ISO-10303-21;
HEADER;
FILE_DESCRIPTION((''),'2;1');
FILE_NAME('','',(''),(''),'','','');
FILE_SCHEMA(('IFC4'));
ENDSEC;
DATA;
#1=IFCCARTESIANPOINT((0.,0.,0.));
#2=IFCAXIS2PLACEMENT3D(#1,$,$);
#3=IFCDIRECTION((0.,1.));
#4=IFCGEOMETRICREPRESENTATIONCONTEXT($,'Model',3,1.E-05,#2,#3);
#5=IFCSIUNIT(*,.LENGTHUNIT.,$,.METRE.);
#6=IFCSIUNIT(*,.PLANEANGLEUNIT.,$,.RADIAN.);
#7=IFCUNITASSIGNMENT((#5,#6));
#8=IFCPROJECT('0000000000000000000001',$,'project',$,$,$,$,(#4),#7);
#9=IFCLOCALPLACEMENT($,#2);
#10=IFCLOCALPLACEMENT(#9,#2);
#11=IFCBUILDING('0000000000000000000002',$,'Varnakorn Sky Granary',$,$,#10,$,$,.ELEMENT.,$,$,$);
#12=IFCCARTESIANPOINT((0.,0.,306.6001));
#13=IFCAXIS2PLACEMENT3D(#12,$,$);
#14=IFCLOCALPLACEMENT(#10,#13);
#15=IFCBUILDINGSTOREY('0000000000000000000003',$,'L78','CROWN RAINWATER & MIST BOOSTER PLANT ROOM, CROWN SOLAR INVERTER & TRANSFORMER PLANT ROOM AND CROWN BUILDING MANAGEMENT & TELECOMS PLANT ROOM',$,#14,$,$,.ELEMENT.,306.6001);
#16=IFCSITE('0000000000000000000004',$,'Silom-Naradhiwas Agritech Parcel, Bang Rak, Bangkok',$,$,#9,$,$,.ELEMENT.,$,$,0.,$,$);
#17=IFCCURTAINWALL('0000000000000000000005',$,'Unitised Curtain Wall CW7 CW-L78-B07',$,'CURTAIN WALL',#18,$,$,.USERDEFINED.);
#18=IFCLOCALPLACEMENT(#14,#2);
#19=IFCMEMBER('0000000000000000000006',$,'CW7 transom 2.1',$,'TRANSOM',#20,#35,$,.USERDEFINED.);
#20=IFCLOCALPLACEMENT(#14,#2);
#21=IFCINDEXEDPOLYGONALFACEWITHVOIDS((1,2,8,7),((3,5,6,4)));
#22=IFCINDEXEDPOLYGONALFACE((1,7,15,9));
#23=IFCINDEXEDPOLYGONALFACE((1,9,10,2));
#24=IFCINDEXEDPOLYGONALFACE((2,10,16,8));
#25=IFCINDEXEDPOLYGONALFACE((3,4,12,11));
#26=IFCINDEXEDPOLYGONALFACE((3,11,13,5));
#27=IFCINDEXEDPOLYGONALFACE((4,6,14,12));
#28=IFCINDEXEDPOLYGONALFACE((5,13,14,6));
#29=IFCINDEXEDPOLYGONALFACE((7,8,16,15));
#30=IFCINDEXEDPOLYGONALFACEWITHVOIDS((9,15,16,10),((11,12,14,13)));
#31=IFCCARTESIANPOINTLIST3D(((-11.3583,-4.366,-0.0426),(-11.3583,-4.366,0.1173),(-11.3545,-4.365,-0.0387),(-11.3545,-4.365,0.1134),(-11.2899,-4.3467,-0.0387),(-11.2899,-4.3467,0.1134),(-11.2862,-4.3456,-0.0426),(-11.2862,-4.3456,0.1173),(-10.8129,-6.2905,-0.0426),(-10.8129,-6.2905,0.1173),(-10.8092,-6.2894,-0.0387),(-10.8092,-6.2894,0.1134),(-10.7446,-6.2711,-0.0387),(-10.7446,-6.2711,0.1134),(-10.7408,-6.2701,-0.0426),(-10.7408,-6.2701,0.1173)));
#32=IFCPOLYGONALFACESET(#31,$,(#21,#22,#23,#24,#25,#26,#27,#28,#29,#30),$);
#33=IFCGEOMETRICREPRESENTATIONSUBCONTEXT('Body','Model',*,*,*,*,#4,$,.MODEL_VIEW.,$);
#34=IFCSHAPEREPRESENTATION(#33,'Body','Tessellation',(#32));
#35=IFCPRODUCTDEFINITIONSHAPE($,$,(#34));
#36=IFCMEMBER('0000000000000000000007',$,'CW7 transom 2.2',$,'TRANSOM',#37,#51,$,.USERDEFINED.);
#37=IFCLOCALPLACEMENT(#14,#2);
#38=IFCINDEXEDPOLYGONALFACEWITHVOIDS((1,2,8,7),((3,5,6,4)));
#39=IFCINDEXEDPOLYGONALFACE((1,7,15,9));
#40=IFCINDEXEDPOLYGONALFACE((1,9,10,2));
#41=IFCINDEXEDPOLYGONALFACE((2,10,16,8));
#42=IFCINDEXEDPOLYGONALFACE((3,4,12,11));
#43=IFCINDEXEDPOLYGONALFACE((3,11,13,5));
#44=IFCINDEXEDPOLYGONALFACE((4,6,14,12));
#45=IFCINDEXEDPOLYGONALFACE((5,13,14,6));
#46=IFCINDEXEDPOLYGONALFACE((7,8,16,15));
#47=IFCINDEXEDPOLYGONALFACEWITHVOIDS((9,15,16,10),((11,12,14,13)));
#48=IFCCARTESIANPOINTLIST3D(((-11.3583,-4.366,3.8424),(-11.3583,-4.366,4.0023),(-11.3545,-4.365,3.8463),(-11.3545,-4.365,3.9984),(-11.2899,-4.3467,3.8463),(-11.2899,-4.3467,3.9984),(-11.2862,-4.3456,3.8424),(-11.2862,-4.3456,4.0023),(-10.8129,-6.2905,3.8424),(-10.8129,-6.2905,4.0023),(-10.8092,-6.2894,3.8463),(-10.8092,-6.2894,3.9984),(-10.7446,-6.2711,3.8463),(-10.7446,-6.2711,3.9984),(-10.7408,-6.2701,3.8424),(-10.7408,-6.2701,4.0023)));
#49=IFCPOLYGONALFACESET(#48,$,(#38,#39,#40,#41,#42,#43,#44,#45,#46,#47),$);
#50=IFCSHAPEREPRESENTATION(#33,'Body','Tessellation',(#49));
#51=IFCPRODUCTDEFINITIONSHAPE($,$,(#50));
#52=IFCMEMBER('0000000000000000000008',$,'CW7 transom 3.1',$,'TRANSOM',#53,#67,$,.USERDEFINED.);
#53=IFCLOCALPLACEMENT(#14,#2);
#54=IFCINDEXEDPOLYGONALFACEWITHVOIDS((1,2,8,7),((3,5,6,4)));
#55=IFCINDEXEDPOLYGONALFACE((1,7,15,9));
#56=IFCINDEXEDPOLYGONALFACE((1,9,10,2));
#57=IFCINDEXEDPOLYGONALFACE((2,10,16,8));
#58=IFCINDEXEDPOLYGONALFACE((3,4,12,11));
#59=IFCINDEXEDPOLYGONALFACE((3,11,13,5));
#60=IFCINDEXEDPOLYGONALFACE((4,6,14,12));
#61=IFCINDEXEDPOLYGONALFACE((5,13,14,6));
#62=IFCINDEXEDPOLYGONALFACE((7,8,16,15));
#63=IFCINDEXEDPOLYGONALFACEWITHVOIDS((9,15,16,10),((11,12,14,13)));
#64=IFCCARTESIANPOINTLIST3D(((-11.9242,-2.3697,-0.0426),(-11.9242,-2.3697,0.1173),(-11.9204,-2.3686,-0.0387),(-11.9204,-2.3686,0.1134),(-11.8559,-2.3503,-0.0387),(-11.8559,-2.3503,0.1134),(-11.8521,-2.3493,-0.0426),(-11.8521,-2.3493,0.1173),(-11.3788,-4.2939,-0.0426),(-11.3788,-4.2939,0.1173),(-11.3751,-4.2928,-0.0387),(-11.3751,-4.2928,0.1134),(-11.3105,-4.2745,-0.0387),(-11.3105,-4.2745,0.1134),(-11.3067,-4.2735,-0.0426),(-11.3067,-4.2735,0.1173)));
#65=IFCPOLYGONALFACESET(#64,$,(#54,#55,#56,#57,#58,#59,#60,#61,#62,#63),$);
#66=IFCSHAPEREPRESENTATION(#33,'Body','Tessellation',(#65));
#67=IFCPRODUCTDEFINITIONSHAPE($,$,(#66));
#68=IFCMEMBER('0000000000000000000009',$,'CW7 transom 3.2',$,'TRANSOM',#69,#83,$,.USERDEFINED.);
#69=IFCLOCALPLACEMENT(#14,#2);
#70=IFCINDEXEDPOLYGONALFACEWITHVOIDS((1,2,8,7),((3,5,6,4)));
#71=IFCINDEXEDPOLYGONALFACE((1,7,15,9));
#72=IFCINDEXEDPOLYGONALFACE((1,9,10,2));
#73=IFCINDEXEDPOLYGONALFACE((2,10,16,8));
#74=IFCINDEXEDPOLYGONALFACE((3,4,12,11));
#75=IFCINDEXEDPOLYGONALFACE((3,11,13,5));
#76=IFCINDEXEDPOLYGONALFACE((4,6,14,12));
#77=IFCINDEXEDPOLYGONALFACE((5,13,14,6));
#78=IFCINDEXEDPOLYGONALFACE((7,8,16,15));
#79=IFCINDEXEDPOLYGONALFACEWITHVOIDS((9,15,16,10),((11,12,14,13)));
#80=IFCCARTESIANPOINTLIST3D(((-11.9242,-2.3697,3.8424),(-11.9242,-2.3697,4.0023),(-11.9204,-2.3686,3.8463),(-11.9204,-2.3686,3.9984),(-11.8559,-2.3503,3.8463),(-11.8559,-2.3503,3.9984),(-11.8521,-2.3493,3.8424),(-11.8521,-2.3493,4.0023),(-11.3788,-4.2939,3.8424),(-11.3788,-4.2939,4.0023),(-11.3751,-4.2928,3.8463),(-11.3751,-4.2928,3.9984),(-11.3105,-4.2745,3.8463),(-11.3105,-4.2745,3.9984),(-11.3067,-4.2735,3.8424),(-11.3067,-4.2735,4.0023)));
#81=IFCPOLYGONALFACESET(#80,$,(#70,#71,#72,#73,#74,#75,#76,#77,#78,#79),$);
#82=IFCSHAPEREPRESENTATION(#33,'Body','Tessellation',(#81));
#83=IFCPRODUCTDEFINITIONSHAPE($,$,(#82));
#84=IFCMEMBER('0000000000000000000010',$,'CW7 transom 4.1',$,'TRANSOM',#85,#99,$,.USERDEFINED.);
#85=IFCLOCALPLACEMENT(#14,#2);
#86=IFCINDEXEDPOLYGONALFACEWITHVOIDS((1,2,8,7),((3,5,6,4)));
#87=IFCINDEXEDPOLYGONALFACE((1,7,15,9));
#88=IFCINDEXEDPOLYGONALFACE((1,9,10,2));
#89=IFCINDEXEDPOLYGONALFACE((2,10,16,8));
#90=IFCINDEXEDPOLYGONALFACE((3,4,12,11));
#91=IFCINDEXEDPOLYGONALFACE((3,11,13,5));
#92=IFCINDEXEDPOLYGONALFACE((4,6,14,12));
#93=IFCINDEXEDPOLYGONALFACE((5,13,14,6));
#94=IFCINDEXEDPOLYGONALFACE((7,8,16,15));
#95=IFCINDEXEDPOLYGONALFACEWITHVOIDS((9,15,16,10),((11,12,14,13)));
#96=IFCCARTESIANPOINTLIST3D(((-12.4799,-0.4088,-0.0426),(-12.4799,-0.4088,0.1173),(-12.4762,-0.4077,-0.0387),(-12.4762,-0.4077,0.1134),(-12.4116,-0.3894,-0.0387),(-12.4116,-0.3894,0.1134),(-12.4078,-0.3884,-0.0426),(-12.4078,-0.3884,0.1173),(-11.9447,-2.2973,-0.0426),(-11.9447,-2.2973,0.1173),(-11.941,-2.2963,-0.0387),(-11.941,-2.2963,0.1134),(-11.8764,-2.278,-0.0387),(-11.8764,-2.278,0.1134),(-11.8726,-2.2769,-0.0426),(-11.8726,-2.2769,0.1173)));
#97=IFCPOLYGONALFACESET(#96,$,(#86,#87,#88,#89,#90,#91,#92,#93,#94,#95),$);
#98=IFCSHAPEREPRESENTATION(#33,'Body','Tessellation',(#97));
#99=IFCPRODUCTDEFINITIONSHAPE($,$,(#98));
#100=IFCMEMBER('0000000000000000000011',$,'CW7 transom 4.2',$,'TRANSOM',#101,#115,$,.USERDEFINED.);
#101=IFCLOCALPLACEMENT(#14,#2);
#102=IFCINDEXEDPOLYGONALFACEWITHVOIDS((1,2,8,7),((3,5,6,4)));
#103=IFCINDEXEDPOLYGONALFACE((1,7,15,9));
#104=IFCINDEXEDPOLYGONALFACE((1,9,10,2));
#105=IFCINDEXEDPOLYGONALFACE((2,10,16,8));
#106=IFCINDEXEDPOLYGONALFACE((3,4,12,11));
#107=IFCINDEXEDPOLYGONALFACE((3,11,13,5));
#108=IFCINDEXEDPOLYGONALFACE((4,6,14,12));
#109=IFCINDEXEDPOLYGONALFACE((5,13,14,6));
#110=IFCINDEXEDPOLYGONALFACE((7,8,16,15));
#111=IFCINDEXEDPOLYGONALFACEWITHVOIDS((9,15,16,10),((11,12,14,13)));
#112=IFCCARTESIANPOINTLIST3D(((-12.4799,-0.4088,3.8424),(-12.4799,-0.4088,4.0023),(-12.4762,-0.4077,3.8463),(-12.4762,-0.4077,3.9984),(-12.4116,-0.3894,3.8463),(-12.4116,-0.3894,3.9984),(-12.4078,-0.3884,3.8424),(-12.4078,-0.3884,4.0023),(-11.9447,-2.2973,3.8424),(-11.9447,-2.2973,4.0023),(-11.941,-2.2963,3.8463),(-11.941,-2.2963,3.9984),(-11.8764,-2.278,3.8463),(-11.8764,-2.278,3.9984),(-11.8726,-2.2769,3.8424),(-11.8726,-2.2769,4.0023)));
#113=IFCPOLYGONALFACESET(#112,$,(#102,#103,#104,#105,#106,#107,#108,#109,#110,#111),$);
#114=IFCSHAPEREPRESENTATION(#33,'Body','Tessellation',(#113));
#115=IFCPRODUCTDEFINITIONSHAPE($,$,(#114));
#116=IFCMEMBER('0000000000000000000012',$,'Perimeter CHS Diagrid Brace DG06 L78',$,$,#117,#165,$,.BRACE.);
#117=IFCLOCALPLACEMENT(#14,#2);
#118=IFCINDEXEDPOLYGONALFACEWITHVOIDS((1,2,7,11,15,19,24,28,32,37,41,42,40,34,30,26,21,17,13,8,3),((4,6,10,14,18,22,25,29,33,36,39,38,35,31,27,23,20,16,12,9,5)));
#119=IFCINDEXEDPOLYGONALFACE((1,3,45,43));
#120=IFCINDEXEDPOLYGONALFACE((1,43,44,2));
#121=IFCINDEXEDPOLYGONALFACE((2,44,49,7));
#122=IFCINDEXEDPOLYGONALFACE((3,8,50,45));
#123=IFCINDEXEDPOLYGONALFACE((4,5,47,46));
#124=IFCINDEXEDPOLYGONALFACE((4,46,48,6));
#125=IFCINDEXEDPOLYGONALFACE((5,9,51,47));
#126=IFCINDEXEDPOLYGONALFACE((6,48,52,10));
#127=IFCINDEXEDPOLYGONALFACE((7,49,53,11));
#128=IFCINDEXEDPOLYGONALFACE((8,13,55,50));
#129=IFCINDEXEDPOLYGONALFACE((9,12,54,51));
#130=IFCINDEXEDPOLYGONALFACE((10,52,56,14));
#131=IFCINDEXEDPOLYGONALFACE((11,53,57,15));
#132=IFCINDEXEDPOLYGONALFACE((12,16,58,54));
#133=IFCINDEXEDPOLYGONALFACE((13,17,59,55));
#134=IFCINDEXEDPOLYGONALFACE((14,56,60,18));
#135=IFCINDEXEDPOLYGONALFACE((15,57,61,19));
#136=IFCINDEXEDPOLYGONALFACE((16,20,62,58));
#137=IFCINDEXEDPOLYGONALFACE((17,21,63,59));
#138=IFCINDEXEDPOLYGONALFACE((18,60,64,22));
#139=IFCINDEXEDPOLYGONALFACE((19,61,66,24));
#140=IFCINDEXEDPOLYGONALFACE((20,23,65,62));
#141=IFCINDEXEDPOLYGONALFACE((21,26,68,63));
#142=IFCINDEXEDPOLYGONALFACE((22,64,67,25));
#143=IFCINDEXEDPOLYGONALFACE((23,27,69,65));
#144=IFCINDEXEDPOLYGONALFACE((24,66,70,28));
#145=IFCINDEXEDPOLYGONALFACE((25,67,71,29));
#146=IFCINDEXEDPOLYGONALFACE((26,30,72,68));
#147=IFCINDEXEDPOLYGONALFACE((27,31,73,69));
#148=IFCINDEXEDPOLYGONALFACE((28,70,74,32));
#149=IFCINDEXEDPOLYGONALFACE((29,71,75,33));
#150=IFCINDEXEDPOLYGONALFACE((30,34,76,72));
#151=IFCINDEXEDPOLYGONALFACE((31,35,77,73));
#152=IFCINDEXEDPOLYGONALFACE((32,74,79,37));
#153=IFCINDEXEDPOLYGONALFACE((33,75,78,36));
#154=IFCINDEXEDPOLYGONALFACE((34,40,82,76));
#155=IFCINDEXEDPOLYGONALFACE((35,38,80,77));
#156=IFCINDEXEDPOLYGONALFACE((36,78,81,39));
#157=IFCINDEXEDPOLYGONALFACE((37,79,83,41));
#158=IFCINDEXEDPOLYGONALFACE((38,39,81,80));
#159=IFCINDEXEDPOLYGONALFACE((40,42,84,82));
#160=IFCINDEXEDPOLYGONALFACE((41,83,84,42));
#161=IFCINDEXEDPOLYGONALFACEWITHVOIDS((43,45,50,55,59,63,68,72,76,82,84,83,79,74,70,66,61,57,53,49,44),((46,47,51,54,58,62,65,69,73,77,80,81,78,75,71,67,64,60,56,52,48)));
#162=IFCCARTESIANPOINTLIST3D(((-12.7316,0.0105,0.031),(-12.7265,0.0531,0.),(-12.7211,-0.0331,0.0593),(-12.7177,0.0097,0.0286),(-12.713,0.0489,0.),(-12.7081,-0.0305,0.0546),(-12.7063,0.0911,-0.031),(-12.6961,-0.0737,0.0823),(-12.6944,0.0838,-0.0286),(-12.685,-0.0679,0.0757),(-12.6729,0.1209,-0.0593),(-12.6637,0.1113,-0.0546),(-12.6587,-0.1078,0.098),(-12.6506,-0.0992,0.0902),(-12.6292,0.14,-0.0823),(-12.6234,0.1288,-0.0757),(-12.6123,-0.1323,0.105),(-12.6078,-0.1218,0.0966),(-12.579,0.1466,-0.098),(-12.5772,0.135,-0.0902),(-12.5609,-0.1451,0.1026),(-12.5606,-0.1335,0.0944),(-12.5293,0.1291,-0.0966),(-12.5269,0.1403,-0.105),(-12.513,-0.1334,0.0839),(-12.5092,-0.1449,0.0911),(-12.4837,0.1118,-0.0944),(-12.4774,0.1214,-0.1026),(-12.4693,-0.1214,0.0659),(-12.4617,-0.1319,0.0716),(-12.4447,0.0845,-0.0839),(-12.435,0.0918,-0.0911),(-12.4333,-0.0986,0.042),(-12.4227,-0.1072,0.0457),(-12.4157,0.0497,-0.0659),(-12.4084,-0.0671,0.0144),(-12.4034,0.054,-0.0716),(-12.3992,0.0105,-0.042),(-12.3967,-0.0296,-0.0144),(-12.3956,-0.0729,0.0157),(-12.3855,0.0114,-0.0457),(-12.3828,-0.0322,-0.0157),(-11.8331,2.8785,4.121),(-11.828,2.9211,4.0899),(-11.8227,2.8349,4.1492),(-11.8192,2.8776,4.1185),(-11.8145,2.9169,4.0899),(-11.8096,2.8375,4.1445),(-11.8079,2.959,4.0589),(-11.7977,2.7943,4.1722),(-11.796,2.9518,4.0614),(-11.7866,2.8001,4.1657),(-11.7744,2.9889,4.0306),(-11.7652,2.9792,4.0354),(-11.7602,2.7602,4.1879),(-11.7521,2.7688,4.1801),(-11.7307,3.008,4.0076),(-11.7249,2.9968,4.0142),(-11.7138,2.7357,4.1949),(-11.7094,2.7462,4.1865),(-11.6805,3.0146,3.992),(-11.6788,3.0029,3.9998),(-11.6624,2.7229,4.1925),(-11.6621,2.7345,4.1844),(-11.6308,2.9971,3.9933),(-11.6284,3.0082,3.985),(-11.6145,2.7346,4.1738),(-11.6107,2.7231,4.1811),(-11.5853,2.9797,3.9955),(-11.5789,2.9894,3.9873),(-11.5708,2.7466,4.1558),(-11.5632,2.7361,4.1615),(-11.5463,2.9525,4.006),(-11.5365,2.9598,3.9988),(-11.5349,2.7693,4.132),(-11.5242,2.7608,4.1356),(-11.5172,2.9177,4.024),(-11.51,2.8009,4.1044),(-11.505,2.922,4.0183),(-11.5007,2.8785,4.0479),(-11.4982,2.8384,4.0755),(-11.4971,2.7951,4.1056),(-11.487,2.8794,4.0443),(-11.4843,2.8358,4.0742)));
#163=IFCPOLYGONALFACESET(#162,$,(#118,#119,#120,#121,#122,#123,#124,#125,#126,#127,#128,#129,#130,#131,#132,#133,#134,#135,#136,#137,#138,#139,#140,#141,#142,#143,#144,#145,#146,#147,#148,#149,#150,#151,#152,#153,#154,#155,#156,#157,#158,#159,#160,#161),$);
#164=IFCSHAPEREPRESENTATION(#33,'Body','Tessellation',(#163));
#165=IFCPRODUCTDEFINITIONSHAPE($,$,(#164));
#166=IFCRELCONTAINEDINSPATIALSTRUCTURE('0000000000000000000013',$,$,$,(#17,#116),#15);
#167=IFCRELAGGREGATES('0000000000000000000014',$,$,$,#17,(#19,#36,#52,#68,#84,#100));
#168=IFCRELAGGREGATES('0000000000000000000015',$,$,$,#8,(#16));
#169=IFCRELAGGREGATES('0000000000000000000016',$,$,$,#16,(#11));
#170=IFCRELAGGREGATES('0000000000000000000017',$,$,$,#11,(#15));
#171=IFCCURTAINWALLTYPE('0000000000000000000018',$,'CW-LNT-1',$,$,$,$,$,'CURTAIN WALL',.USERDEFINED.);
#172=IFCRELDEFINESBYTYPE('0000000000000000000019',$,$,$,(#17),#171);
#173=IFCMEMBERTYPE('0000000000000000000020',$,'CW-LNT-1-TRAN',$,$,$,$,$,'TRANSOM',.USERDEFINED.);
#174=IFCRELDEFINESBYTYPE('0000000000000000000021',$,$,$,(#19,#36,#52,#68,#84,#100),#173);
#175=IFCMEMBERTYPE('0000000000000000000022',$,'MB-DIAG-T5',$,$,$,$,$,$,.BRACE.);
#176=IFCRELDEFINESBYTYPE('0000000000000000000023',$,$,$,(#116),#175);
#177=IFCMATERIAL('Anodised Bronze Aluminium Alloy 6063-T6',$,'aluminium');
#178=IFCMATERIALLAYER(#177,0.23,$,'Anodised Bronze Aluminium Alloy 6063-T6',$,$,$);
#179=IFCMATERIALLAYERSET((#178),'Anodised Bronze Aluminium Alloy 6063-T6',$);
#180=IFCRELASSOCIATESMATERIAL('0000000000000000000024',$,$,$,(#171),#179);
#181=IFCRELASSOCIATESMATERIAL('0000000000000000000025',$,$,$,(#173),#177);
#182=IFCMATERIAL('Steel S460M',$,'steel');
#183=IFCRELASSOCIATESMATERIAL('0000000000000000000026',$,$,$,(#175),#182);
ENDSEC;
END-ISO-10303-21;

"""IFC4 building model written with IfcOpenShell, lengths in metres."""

from ifc_helpers import new_model, si_unit, direction, frame, origin, origin_2d, place, context, subcontext, project, spatial, hollow_rectangle, hollow_circle, extrude, material, layer, layer_set, material_profile, profile_set, type_object, element, aggregate, save


model = new_model("IFC4")

# Units and contexts
model_context = context("Model", 3, precision=1e-05, world=origin(), true_north=direction((0.0, 1.0)))
body_context = subcontext(model_context, "Body", "Model", "MODEL_VIEW")
ifc_project = project(units=[si_unit("LENGTHUNIT", "METRE"), si_unit("PLANEANGLEUNIT", "RADIAN")], contexts=[model_context])

# Site, building, storey
site_placement = place(None, origin())
site = spatial("IfcSite", under=ifc_project, at=site_placement, Name="Silom-Naradhiwas Agritech Parcel, Bang Rak, Bangkok", CompositionType="ELEMENT", RefElevation=0.0)
building_placement = place(site_placement, origin())
building = spatial("IfcBuilding", under=site, at=building_placement, Name="Varnakorn Sky Granary", CompositionType="ELEMENT")
storey_placement = place(building_placement, frame((0.0, 0.0, 306.6001)))
storey = spatial("IfcBuildingStorey", under=building, at=storey_placement, Name="L78", Description="CROWN RAINWATER & MIST BOOSTER PLANT ROOM, CROWN SOLAR INVERTER & TRANSFORMER PLANT ROOM AND CROWN BUILDING MANAGEMENT & TELECOMS PLANT ROOM", CompositionType="ELEMENT", Elevation=306.6001)

# Shared definitions
ifc_material_1 = material(Name="Steel S460M", Category="steel")

# Curtain wall, members
ifc_material_2 = material(Name="Anodised Bronze Aluminium Alloy 6063-T6", Category="aluminium")
ifc_layer_1 = layer(ifc_material_2, 0.23, Name="Anodised Bronze Aluminium Alloy 6063-T6")
ifc_layer_set_1 = layer_set([ifc_layer_1], Name="Anodised Bronze Aluminium Alloy 6063-T6")
curtain_wall_type = type_object("IfcCurtainWallType", Name="CW-LNT-1", ElementType="CURTAIN WALL", PredefinedType="USERDEFINED", material=ifc_layer_set_1)
curtain_wall_placement = place(storey_placement, origin())
curtain_wall = element("IfcCurtainWall", 1, at=curtain_wall_placement, inside=storey, type_object=curtain_wall_type, Name="Unitised Curtain Wall CW7 CW-L78-B07", ObjectType="CURTAIN WALL", PredefinedType="USERDEFINED")
ifc_material_profile_1 = material_profile(ifc_material_2, hollow_rectangle(XDim=0.075, YDim=0.1599, WallThickness=0.0039, at=origin_2d()), Name="ALU TRAN 75x160")
ifc_profile_set_1 = profile_set([ifc_material_profile_1], Name="Anodised Bronze Aluminium Alloy 6063-T6")
member_type_1 = type_object("IfcMemberType", Name="CW-LNT-1-TRAN", ElementType="TRANSOM", PredefinedType="USERDEFINED", material=ifc_profile_set_1)
member_1_placement = place(storey_placement, frame((-10.7769, -6.2803, 0.0374), z_axis=(-0.272657, 0.962111, 0.0), x_axis=(-0.962111, -0.272657, 0.0)))
member_1 = element("IfcMember", 2, at=member_1_placement, type_object=member_type_1, Name="CW7 transom 2.1", ObjectType="TRANSOM", PredefinedType="USERDEFINED", context=body_context, shape_type="SweptSolid", body=[
    extrude(hollow_rectangle(XDim=0.075, YDim=0.1599, WallThickness=0.0039, at=origin_2d()), origin(), (0.0, 0.0, 1.0), 2.0002),
])
member_2_placement = place(storey_placement, frame((-10.7769, -6.2803, 3.9224), z_axis=(-0.272657, 0.962111, 0.0), x_axis=(-0.962111, -0.272657, 0.0)))
member_2 = element("IfcMember", 3, at=member_2_placement, type_object=member_type_1, Name="CW7 transom 2.2", ObjectType="TRANSOM", PredefinedType="USERDEFINED", context=body_context, shape_type="SweptSolid", body=[
    extrude(hollow_rectangle(XDim=0.075, YDim=0.1599, WallThickness=0.0039, at=origin_2d()), origin(), (0.0, 0.0, 1.0), 2.0002),
])
member_3_placement = place(storey_placement, frame((-11.3428, -4.2837, 0.0374), z_axis=(-0.272689, 0.962102, 0.0), x_axis=(-0.962102, -0.272689, 0.0)))
member_3 = element("IfcMember", 4, at=member_3_placement, type_object=member_type_1, Name="CW7 transom 3.1", ObjectType="TRANSOM", PredefinedType="USERDEFINED", context=body_context, shape_type="SweptSolid", body=[
    extrude(hollow_rectangle(XDim=0.075, YDim=0.1599, WallThickness=0.0039, at=origin_2d()), origin(), (0.0, 0.0, 1.0), 2.0),
])
member_4_placement = place(storey_placement, frame((-11.3428, -4.2837, 3.9224), z_axis=(-0.272689, 0.962102, 0.0), x_axis=(-0.962102, -0.272689, 0.0)))
member_4 = element("IfcMember", 5, at=member_4_placement, type_object=member_type_1, Name="CW7 transom 3.2", ObjectType="TRANSOM", PredefinedType="USERDEFINED", context=body_context, shape_type="SweptSolid", body=[
    extrude(hollow_rectangle(XDim=0.075, YDim=0.1599, WallThickness=0.0039, at=origin_2d()), origin(), (0.0, 0.0, 1.0), 2.0),
])
member_5_placement = place(storey_placement, frame((-11.9087, -2.2871, 0.0374), z_axis=(-0.272651, 0.962113, 0.0), x_axis=(-0.962113, -0.272651, 0.0)))
member_5 = element("IfcMember", 6, at=member_5_placement, type_object=member_type_1, Name="CW7 transom 4.1", ObjectType="TRANSOM", PredefinedType="USERDEFINED", context=body_context, shape_type="SweptSolid", body=[
    extrude(hollow_rectangle(XDim=0.075, YDim=0.1599, WallThickness=0.0039, at=origin_2d()), origin(), (0.0, 0.0, 1.0), 1.9629),
])
member_6_placement = place(storey_placement, frame((-11.9087, -2.2871, 3.9224), z_axis=(-0.272651, 0.962113, 0.0), x_axis=(-0.962113, -0.272651, 0.0)))
member_6 = element("IfcMember", 7, at=member_6_placement, type_object=member_type_1, Name="CW7 transom 4.2", ObjectType="TRANSOM", PredefinedType="USERDEFINED", context=body_context, shape_type="SweptSolid", body=[
    extrude(hollow_rectangle(XDim=0.075, YDim=0.1599, WallThickness=0.0039, at=origin_2d()), origin(), (0.0, 0.0, 1.0), 1.9629),
])

# Member
ifc_material_profile_2 = material_profile(ifc_material_1, hollow_circle(Radius=0.1777, WallThickness=0.0142, at=origin_2d()), Name="CHS 355.6x14")
ifc_profile_set_2 = profile_set([ifc_material_profile_2], Name="Steel S460M")
member_type_2 = type_object("IfcMemberType", Name="MB-DIAG-T5", PredefinedType="BRACE", material=ifc_profile_set_2)
for number, where, z_axis, x_axis, name in (
    (8, (-12.5569, 0.0, 0.0), (0.177021, 0.565071, 0.805828), (-0.95427, 0.298946, 0.0), "Perimeter CHS Diagrid Brace DG06 L78"),
):
    element("IfcMember", number, at=place(storey_placement, frame(where, z_axis=z_axis, x_axis=x_axis)), inside=storey, type_object=member_type_2, Name=name, PredefinedType="BRACE", context=body_context, shape_type="SweptSolid", body=[
        extrude(hollow_circle(Radius=0.1777, WallThickness=0.0142, at=origin_2d()), origin(), (0.0, 0.0, 1.0), 5.0754),
    ])

aggregate(curtain_wall, [member_1, member_2, member_3, member_4, member_5, member_6])

save(model, "model.ifc")
